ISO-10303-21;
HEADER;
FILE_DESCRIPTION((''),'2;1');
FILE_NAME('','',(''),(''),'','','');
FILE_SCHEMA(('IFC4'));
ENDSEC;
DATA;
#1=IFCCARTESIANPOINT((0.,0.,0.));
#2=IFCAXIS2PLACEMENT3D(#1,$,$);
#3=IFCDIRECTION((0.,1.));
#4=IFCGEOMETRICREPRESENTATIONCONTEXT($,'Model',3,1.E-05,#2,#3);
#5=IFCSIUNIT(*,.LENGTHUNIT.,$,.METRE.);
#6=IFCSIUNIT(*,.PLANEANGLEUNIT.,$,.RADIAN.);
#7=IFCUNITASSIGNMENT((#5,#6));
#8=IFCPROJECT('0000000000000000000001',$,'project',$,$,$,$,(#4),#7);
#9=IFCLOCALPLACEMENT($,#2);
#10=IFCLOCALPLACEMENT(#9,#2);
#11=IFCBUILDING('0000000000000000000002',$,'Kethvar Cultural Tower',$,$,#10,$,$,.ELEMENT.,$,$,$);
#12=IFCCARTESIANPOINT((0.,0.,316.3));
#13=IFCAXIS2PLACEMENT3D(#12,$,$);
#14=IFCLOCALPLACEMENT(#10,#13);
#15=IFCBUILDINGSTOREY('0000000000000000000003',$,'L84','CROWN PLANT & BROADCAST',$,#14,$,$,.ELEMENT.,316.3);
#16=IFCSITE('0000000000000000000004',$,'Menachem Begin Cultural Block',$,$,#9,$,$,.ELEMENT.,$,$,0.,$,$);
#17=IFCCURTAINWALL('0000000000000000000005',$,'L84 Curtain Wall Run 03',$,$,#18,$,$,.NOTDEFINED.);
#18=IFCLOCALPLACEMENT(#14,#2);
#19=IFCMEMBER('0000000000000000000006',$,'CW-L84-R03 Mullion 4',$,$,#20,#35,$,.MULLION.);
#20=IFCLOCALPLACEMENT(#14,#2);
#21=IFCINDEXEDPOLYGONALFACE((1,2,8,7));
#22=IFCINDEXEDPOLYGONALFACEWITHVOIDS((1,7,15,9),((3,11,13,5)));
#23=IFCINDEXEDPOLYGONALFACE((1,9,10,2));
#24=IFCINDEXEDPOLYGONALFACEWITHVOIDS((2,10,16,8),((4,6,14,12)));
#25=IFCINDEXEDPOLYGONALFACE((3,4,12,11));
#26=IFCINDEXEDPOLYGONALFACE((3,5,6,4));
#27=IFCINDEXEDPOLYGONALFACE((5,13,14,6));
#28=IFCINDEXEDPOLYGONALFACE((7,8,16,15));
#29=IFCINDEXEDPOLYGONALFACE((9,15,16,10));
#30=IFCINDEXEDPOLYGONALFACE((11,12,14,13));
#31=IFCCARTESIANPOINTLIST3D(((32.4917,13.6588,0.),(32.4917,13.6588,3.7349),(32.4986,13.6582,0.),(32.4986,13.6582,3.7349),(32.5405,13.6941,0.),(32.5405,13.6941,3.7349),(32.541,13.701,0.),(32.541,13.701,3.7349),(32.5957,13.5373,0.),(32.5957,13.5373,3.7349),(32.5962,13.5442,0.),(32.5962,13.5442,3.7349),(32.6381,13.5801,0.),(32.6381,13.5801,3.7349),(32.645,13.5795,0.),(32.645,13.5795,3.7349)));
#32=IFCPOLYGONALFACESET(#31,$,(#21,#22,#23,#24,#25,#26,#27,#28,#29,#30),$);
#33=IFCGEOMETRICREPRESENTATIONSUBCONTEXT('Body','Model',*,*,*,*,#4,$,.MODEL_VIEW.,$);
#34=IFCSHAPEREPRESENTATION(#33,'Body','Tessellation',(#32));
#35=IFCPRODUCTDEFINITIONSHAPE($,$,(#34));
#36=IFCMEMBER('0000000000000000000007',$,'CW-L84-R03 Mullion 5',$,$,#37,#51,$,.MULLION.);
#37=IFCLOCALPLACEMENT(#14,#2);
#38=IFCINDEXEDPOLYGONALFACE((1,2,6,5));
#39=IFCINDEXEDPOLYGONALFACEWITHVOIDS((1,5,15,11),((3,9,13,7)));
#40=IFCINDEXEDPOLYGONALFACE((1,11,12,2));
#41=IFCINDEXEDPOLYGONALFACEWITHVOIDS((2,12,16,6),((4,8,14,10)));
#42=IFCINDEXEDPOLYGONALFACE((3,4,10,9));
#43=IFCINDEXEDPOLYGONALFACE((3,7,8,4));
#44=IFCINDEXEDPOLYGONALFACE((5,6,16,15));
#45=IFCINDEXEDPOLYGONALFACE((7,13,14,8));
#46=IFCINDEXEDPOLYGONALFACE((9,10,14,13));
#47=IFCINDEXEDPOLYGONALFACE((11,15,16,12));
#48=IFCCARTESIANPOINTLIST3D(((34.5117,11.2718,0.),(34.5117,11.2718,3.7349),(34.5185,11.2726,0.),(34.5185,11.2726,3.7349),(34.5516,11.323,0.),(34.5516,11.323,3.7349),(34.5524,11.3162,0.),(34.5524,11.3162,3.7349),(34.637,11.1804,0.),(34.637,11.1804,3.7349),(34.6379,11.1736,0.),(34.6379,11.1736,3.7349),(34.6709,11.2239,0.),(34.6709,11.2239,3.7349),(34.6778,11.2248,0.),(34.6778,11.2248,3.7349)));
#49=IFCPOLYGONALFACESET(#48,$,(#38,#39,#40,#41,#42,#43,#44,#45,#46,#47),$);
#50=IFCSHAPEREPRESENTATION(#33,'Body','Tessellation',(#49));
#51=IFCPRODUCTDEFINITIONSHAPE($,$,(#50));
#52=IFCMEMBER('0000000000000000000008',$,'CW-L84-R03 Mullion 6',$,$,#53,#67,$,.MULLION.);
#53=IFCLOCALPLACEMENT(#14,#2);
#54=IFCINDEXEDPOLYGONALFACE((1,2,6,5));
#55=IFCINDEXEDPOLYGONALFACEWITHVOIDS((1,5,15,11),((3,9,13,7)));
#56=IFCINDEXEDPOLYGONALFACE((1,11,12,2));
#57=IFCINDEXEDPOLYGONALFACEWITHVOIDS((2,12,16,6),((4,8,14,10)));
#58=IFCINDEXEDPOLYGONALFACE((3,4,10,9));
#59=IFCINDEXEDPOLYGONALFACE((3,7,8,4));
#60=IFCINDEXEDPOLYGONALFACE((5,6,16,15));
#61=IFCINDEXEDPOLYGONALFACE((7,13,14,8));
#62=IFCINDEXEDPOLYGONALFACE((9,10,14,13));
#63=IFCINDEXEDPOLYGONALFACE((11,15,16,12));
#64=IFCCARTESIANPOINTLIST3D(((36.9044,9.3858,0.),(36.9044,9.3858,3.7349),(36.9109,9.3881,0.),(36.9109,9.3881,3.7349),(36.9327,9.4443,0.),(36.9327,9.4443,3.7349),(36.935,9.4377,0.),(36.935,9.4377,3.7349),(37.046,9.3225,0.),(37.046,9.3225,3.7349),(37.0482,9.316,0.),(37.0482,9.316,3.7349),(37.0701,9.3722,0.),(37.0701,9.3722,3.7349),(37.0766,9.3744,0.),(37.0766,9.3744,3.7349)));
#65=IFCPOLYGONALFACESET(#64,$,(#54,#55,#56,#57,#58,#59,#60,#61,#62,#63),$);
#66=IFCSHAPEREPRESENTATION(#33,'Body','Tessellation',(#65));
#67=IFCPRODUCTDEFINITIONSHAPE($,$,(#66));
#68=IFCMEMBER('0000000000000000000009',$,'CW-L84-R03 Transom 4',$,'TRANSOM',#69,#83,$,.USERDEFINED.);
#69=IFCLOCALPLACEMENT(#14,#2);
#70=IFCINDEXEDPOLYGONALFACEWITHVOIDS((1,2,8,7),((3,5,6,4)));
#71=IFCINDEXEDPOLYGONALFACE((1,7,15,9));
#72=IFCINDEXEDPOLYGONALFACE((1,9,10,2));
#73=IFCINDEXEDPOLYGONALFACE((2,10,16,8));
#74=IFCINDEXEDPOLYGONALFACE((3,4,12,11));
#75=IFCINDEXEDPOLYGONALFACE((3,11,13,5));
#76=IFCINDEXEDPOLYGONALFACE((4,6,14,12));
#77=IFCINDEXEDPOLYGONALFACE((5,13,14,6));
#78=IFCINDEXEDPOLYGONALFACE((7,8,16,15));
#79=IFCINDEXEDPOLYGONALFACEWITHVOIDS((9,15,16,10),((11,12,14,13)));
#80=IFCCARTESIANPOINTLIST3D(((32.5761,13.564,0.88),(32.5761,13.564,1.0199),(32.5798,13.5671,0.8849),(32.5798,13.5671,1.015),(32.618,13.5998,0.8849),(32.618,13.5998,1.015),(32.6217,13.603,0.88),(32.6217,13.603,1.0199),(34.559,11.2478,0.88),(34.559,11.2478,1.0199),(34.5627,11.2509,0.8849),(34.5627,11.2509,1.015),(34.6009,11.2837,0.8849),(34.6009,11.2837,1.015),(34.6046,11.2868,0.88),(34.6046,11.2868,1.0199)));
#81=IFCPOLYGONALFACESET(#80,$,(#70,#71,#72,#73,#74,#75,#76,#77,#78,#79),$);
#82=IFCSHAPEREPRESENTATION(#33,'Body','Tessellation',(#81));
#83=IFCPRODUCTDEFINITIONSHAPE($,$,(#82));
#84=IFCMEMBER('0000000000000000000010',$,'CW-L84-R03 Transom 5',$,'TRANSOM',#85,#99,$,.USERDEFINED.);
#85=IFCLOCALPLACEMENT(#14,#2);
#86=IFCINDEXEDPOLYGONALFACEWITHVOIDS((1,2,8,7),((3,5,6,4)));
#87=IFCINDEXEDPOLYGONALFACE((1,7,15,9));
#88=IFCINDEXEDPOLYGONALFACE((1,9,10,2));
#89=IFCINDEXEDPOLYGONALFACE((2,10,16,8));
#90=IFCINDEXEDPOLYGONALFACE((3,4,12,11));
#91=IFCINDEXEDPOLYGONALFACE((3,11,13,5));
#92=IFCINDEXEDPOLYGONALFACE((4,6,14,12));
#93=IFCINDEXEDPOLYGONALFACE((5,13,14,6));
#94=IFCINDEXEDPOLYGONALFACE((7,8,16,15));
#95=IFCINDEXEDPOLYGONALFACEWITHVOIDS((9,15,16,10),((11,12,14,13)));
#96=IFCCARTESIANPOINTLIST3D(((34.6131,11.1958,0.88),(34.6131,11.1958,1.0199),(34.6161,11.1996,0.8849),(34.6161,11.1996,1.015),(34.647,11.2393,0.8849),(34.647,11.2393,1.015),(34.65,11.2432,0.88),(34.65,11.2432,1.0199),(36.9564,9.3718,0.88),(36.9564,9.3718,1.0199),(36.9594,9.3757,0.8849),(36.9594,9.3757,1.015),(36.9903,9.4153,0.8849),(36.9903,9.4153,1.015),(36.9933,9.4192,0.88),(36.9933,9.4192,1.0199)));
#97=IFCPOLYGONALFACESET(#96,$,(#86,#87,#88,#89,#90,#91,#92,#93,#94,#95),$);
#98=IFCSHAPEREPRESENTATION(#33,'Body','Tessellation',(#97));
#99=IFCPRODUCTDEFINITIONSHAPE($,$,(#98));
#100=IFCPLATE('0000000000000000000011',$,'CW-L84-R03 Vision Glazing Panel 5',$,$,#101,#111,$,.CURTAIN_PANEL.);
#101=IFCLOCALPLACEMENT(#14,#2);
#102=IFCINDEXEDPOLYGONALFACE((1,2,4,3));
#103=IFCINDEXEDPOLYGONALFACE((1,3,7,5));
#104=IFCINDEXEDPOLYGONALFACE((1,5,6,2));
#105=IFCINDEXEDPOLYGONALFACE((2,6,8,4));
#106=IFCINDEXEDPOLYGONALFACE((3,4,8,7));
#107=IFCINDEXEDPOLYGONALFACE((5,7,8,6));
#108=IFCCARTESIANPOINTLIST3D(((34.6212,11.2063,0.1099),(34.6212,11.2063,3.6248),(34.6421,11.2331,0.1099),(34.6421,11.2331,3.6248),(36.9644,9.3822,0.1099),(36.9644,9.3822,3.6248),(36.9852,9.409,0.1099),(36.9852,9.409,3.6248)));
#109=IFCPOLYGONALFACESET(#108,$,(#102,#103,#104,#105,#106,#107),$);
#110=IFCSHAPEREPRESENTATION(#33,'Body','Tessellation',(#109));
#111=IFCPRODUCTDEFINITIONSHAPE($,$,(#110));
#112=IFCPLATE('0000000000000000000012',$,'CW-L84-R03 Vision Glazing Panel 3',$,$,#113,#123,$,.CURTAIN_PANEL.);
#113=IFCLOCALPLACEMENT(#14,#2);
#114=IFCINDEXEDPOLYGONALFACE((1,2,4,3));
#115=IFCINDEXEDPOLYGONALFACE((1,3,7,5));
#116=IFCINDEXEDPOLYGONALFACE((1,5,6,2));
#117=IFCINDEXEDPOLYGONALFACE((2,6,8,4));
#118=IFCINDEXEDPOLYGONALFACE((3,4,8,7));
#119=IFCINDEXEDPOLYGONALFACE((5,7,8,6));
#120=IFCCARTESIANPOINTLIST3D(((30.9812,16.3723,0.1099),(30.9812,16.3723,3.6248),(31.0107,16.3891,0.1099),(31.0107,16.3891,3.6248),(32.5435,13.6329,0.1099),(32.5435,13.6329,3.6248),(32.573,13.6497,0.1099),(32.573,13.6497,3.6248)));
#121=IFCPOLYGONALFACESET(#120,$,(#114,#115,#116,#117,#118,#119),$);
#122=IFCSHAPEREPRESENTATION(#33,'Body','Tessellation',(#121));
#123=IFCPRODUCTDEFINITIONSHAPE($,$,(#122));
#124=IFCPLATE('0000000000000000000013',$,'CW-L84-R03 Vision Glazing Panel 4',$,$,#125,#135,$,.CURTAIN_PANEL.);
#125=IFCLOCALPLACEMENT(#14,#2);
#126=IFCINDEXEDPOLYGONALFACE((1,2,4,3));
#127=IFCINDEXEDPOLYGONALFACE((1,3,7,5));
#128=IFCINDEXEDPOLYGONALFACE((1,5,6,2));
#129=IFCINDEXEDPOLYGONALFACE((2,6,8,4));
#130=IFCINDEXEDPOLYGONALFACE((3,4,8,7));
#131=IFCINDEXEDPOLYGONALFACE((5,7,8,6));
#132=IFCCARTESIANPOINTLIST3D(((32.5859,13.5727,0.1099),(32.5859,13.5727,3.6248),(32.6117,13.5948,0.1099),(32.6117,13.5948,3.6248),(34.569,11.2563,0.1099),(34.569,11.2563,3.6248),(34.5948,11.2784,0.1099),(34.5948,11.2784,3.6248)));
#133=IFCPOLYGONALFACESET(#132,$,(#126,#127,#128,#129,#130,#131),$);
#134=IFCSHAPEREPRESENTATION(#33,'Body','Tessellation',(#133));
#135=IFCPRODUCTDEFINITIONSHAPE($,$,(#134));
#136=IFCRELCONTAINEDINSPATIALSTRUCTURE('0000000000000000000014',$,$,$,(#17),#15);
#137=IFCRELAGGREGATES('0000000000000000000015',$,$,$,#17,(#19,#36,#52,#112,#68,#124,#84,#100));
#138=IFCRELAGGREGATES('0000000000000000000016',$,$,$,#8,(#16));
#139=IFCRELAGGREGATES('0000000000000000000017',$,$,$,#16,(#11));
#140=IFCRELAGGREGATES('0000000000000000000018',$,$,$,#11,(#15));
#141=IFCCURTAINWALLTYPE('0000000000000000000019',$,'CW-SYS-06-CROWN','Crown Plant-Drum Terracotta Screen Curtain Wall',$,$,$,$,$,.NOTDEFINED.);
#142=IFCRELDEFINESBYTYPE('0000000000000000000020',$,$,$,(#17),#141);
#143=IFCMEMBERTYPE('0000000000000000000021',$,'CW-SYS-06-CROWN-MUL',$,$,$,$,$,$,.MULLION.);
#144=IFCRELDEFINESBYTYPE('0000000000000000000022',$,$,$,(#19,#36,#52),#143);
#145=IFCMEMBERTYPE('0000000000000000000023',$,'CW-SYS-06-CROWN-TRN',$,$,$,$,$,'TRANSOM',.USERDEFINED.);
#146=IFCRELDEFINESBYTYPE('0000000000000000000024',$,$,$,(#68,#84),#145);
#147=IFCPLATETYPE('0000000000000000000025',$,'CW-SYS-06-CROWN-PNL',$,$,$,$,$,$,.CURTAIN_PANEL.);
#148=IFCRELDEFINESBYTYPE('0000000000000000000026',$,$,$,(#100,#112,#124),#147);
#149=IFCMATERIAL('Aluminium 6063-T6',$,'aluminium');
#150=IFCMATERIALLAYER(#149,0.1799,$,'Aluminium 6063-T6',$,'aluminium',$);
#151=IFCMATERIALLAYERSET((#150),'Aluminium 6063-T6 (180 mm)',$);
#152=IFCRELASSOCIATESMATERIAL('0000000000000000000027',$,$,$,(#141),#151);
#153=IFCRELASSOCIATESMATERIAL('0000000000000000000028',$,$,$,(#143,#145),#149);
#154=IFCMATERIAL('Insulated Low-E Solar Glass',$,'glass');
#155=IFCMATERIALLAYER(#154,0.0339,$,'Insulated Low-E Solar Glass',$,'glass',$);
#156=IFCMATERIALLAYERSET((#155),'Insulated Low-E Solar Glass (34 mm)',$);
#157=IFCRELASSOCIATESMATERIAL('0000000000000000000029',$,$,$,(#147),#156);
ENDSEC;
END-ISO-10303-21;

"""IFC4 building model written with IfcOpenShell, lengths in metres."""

from ifc_helpers import new_model, si_unit, direction, frame, origin, origin_2d, place, context, subcontext, project, spatial, rectangle, hollow_rectangle, extrude, source, transform, mapped, material, layer, layer_set, material_profile, profile_set, type_object, element, aggregate, save


model = new_model("IFC4")

# Units and contexts
model_context = context("Model", 3, precision=1e-05, world=origin(), true_north=direction((0.0, 1.0)))
body_context = subcontext(model_context, "Body", "Model", "MODEL_VIEW")
ifc_project = project(units=[si_unit("LENGTHUNIT", "METRE"), si_unit("PLANEANGLEUNIT", "RADIAN")], contexts=[model_context])

# Site, building, storey
site_placement = place(None, origin())
site = spatial("IfcSite", under=ifc_project, at=site_placement, Name="Menachem Begin Cultural Block", CompositionType="ELEMENT", RefElevation=0.0)
building_placement = place(site_placement, origin())
building = spatial("IfcBuilding", under=site, at=building_placement, Name="Kethvar Cultural Tower", CompositionType="ELEMENT")
storey_placement = place(building_placement, frame((0.0, 0.0, 316.3)))
storey = spatial("IfcBuildingStorey", under=building, at=storey_placement, Name="L84", Description="CROWN PLANT & BROADCAST", CompositionType="ELEMENT", Elevation=316.3)

# Curtain wall, members, plates
ifc_material_1 = material(Name="Aluminium 6063-T6", Category="aluminium")
ifc_layer_1 = layer(ifc_material_1, 0.1799, Name="Aluminium 6063-T6", Category="aluminium")
ifc_layer_set_1 = layer_set([ifc_layer_1], Name="Aluminium 6063-T6 (180 mm)")
curtain_wall_type = type_object("IfcCurtainWallType", Name="CW-SYS-06-CROWN", Description="Crown Plant-Drum Terracotta Screen Curtain Wall", PredefinedType="NOTDEFINED", material=ifc_layer_set_1)
curtain_wall_placement = place(storey_placement, origin())
curtain_wall = element("IfcCurtainWall", 1, at=curtain_wall_placement, inside=storey, type_object=curtain_wall_type, Name="L84 Curtain Wall Run 03", PredefinedType="NOTDEFINED")
ifc_material_profile_1 = material_profile(ifc_material_1, hollow_rectangle(XDim=0.0649, YDim=0.1599, WallThickness=0.0049, at=origin_2d()), Name="Aluminium 6063-T6 — RHS160x65x5")
ifc_profile_set_1 = profile_set([ifc_material_profile_1], Name="Aluminium 6063-T6 — RHS160x65x5")
member_type_1 = type_object("IfcMemberType", Name="CW-SYS-06-CROWN-MUL", PredefinedType="MULLION", material=ifc_profile_set_1)
shared_shape_1 = source(origin(), body_context, "Body", "SweptSolid", [
    extrude(hollow_rectangle(XDim=0.0649, YDim=0.1599, WallThickness=0.0049, at=origin_2d()), origin(), (0.0, 0.0, 1.0), 3.7349),
])
member_1_placement = place(storey_placement, frame((32.5684, 13.6191, 0.0), z_axis=(0.0, 0.0, 1.0), x_axis=(0.759646, 0.650337, 0.0)))
member_1 = element("IfcMember", 2, at=member_1_placement, type_object=member_type_1, Name="CW-L84-R03 Mullion 4", PredefinedType="MULLION", context=body_context, shape_type="MappedRepresentation", body=[
    mapped(shared_shape_1, transform((0.0, 0.0, 0.0), scale=1.0)),
])
member_2_placement = place(storey_placement, frame((34.5947, 11.2483, 0.0), z_axis=(0.0, 0.0, 1.0), x_axis=(0.614285, 0.789084, 0.0)))
member_2 = element("IfcMember", 3, at=member_2_placement, type_object=member_type_1, Name="CW-L84-R03 Mullion 5", PredefinedType="MULLION", context=body_context, shape_type="MappedRepresentation", body=[
    mapped(shared_shape_1, transform((0.0, 0.0, 0.0), scale=1.0)),
])
member_3_placement = place(storey_placement, frame((36.9905, 9.3801, 0.0), z_axis=(0.0, 0.0, 1.0), x_axis=(0.436676, 0.899619, 0.0)))
member_3 = element("IfcMember", 4, at=member_3_placement, type_object=member_type_1, Name="CW-L84-R03 Mullion 6", PredefinedType="MULLION", context=body_context, shape_type="MappedRepresentation", body=[
    mapped(shared_shape_1, transform((0.0, 0.0, 0.0), scale=1.0)),
])
ifc_material_profile_2 = material_profile(ifc_material_1, hollow_rectangle(XDim=0.0601, YDim=0.1399, WallThickness=0.0049, at=origin_2d()), Name="Aluminium 6063-T6 — RHS140x60x5")
ifc_profile_set_2 = profile_set([ifc_material_profile_2], Name="Aluminium 6063-T6 — RHS140x60x5")
member_type_2 = type_object("IfcMemberType", Name="CW-SYS-06-CROWN-TRN", ElementType="TRANSOM", PredefinedType="USERDEFINED", material=ifc_profile_set_2)
shared_shape_2 = source(origin(), body_context, "Body", "SweptSolid", [
    extrude(hollow_rectangle(XDim=0.0601, YDim=0.1399, WallThickness=0.0049, at=origin_2d()), origin(), (0.0, 0.0, 1.0), 3.0491),
])
member_4_placement = place(storey_placement, frame((32.5989, 13.5835, 0.95), z_axis=(0.650343, -0.759641, 0.0), x_axis=(0.759641, 0.650343, 0.0)))
member_4 = element("IfcMember", 5, at=member_4_placement, type_object=member_type_2, Name="CW-L84-R03 Transom 4", ObjectType="TRANSOM", PredefinedType="USERDEFINED", context=body_context, shape_type="MappedRepresentation", body=[
    mapped(shared_shape_2, transform((0.0, 0.0, 0.0), scale=1.0)),
])
shared_shape_3 = source(origin(), body_context, "Body", "SweptSolid", [
    extrude(hollow_rectangle(XDim=0.0601, YDim=0.1399, WallThickness=0.0049, at=origin_2d()), origin(), (0.0, 0.0, 1.0), 2.9695),
])
member_5_placement = place(storey_placement, frame((34.6316, 11.2195, 0.95), z_axis=(0.789118, -0.614242, 0.0), x_axis=(0.614242, 0.789118, 0.0)))
member_5 = element("IfcMember", 6, at=member_5_placement, type_object=member_type_2, Name="CW-L84-R03 Transom 5", ObjectType="TRANSOM", PredefinedType="USERDEFINED", context=body_context, shape_type="MappedRepresentation", body=[
    mapped(shared_shape_3, transform((0.0, 0.0, 0.0), scale=1.0)),
])
ifc_material_2 = material(Name="Insulated Low-E Solar Glass", Category="glass")
ifc_layer_2 = layer(ifc_material_2, 0.0339, Name="Insulated Low-E Solar Glass", Category="glass")
ifc_layer_set_2 = layer_set([ifc_layer_2], Name="Insulated Low-E Solar Glass (34 mm)")
plate_type = type_object("IfcPlateType", Name="CW-SYS-06-CROWN-PNL", PredefinedType="CURTAIN_PANEL", material=ifc_layer_set_2)
shared_shape_4 = source(origin(), body_context, "Body", "SweptSolid", [
    extrude(rectangle(XDim=2.9695, YDim=0.0339, at=origin_2d()), origin(), (0.0, 0.0, 1.0), 3.5149),
])
plate_1_placement = place(storey_placement, frame((35.8032, 10.3076, 0.1099), z_axis=(0.0, 0.0, 1.0), x_axis=(0.789084, -0.614285, 0.0)))
plate_1 = element("IfcPlate", 7, at=plate_1_placement, type_object=plate_type, Name="CW-L84-R03 Vision Glazing Panel 5", PredefinedType="CURTAIN_PANEL", context=body_context, shape_type="MappedRepresentation", body=[
    mapped(shared_shape_4, transform((0.0, 0.0, 0.0), scale=1.0)),
])
shared_shape_5 = source(origin(), body_context, "Body", "SweptSolid", [
    extrude(rectangle(XDim=3.1536, YDim=0.0339, at=origin_2d()), origin(), (0.0, 0.0, 1.0), 3.5149),
])
plate_2_placement = place(storey_placement, frame((31.7771, 15.011, 0.1099), z_axis=(0.0, 0.0, 1.0), x_axis=(0.495413, -0.868657, 0.0)))
plate_2 = element("IfcPlate", 8, at=plate_2_placement, type_object=plate_type, Name="CW-L84-R03 Vision Glazing Panel 3", PredefinedType="CURTAIN_PANEL", context=body_context, shape_type="MappedRepresentation", body=[
    mapped(shared_shape_5, transform((0.0, 0.0, 0.0), scale=1.0)),
])
shared_shape_6 = source(origin(), body_context, "Body", "SweptSolid", [
    extrude(rectangle(XDim=3.0493, YDim=0.0339, at=origin_2d()), origin(), (0.0, 0.0, 1.0), 3.5149),
])
plate_3_placement = place(storey_placement, frame((33.5903, 12.4255, 0.1099), z_axis=(0.0, 0.0, 1.0), x_axis=(0.650337, -0.759646, 0.0)))
plate_3 = element("IfcPlate", 9, at=plate_3_placement, type_object=plate_type, Name="CW-L84-R03 Vision Glazing Panel 4", PredefinedType="CURTAIN_PANEL", context=body_context, shape_type="MappedRepresentation", body=[
    mapped(shared_shape_6, transform((0.0, 0.0, 0.0), scale=1.0)),
])
aggregate(curtain_wall, [member_1, member_2, member_3, plate_2, member_4, plate_3, member_5, plate_1])

save(model, "model.ifc")
